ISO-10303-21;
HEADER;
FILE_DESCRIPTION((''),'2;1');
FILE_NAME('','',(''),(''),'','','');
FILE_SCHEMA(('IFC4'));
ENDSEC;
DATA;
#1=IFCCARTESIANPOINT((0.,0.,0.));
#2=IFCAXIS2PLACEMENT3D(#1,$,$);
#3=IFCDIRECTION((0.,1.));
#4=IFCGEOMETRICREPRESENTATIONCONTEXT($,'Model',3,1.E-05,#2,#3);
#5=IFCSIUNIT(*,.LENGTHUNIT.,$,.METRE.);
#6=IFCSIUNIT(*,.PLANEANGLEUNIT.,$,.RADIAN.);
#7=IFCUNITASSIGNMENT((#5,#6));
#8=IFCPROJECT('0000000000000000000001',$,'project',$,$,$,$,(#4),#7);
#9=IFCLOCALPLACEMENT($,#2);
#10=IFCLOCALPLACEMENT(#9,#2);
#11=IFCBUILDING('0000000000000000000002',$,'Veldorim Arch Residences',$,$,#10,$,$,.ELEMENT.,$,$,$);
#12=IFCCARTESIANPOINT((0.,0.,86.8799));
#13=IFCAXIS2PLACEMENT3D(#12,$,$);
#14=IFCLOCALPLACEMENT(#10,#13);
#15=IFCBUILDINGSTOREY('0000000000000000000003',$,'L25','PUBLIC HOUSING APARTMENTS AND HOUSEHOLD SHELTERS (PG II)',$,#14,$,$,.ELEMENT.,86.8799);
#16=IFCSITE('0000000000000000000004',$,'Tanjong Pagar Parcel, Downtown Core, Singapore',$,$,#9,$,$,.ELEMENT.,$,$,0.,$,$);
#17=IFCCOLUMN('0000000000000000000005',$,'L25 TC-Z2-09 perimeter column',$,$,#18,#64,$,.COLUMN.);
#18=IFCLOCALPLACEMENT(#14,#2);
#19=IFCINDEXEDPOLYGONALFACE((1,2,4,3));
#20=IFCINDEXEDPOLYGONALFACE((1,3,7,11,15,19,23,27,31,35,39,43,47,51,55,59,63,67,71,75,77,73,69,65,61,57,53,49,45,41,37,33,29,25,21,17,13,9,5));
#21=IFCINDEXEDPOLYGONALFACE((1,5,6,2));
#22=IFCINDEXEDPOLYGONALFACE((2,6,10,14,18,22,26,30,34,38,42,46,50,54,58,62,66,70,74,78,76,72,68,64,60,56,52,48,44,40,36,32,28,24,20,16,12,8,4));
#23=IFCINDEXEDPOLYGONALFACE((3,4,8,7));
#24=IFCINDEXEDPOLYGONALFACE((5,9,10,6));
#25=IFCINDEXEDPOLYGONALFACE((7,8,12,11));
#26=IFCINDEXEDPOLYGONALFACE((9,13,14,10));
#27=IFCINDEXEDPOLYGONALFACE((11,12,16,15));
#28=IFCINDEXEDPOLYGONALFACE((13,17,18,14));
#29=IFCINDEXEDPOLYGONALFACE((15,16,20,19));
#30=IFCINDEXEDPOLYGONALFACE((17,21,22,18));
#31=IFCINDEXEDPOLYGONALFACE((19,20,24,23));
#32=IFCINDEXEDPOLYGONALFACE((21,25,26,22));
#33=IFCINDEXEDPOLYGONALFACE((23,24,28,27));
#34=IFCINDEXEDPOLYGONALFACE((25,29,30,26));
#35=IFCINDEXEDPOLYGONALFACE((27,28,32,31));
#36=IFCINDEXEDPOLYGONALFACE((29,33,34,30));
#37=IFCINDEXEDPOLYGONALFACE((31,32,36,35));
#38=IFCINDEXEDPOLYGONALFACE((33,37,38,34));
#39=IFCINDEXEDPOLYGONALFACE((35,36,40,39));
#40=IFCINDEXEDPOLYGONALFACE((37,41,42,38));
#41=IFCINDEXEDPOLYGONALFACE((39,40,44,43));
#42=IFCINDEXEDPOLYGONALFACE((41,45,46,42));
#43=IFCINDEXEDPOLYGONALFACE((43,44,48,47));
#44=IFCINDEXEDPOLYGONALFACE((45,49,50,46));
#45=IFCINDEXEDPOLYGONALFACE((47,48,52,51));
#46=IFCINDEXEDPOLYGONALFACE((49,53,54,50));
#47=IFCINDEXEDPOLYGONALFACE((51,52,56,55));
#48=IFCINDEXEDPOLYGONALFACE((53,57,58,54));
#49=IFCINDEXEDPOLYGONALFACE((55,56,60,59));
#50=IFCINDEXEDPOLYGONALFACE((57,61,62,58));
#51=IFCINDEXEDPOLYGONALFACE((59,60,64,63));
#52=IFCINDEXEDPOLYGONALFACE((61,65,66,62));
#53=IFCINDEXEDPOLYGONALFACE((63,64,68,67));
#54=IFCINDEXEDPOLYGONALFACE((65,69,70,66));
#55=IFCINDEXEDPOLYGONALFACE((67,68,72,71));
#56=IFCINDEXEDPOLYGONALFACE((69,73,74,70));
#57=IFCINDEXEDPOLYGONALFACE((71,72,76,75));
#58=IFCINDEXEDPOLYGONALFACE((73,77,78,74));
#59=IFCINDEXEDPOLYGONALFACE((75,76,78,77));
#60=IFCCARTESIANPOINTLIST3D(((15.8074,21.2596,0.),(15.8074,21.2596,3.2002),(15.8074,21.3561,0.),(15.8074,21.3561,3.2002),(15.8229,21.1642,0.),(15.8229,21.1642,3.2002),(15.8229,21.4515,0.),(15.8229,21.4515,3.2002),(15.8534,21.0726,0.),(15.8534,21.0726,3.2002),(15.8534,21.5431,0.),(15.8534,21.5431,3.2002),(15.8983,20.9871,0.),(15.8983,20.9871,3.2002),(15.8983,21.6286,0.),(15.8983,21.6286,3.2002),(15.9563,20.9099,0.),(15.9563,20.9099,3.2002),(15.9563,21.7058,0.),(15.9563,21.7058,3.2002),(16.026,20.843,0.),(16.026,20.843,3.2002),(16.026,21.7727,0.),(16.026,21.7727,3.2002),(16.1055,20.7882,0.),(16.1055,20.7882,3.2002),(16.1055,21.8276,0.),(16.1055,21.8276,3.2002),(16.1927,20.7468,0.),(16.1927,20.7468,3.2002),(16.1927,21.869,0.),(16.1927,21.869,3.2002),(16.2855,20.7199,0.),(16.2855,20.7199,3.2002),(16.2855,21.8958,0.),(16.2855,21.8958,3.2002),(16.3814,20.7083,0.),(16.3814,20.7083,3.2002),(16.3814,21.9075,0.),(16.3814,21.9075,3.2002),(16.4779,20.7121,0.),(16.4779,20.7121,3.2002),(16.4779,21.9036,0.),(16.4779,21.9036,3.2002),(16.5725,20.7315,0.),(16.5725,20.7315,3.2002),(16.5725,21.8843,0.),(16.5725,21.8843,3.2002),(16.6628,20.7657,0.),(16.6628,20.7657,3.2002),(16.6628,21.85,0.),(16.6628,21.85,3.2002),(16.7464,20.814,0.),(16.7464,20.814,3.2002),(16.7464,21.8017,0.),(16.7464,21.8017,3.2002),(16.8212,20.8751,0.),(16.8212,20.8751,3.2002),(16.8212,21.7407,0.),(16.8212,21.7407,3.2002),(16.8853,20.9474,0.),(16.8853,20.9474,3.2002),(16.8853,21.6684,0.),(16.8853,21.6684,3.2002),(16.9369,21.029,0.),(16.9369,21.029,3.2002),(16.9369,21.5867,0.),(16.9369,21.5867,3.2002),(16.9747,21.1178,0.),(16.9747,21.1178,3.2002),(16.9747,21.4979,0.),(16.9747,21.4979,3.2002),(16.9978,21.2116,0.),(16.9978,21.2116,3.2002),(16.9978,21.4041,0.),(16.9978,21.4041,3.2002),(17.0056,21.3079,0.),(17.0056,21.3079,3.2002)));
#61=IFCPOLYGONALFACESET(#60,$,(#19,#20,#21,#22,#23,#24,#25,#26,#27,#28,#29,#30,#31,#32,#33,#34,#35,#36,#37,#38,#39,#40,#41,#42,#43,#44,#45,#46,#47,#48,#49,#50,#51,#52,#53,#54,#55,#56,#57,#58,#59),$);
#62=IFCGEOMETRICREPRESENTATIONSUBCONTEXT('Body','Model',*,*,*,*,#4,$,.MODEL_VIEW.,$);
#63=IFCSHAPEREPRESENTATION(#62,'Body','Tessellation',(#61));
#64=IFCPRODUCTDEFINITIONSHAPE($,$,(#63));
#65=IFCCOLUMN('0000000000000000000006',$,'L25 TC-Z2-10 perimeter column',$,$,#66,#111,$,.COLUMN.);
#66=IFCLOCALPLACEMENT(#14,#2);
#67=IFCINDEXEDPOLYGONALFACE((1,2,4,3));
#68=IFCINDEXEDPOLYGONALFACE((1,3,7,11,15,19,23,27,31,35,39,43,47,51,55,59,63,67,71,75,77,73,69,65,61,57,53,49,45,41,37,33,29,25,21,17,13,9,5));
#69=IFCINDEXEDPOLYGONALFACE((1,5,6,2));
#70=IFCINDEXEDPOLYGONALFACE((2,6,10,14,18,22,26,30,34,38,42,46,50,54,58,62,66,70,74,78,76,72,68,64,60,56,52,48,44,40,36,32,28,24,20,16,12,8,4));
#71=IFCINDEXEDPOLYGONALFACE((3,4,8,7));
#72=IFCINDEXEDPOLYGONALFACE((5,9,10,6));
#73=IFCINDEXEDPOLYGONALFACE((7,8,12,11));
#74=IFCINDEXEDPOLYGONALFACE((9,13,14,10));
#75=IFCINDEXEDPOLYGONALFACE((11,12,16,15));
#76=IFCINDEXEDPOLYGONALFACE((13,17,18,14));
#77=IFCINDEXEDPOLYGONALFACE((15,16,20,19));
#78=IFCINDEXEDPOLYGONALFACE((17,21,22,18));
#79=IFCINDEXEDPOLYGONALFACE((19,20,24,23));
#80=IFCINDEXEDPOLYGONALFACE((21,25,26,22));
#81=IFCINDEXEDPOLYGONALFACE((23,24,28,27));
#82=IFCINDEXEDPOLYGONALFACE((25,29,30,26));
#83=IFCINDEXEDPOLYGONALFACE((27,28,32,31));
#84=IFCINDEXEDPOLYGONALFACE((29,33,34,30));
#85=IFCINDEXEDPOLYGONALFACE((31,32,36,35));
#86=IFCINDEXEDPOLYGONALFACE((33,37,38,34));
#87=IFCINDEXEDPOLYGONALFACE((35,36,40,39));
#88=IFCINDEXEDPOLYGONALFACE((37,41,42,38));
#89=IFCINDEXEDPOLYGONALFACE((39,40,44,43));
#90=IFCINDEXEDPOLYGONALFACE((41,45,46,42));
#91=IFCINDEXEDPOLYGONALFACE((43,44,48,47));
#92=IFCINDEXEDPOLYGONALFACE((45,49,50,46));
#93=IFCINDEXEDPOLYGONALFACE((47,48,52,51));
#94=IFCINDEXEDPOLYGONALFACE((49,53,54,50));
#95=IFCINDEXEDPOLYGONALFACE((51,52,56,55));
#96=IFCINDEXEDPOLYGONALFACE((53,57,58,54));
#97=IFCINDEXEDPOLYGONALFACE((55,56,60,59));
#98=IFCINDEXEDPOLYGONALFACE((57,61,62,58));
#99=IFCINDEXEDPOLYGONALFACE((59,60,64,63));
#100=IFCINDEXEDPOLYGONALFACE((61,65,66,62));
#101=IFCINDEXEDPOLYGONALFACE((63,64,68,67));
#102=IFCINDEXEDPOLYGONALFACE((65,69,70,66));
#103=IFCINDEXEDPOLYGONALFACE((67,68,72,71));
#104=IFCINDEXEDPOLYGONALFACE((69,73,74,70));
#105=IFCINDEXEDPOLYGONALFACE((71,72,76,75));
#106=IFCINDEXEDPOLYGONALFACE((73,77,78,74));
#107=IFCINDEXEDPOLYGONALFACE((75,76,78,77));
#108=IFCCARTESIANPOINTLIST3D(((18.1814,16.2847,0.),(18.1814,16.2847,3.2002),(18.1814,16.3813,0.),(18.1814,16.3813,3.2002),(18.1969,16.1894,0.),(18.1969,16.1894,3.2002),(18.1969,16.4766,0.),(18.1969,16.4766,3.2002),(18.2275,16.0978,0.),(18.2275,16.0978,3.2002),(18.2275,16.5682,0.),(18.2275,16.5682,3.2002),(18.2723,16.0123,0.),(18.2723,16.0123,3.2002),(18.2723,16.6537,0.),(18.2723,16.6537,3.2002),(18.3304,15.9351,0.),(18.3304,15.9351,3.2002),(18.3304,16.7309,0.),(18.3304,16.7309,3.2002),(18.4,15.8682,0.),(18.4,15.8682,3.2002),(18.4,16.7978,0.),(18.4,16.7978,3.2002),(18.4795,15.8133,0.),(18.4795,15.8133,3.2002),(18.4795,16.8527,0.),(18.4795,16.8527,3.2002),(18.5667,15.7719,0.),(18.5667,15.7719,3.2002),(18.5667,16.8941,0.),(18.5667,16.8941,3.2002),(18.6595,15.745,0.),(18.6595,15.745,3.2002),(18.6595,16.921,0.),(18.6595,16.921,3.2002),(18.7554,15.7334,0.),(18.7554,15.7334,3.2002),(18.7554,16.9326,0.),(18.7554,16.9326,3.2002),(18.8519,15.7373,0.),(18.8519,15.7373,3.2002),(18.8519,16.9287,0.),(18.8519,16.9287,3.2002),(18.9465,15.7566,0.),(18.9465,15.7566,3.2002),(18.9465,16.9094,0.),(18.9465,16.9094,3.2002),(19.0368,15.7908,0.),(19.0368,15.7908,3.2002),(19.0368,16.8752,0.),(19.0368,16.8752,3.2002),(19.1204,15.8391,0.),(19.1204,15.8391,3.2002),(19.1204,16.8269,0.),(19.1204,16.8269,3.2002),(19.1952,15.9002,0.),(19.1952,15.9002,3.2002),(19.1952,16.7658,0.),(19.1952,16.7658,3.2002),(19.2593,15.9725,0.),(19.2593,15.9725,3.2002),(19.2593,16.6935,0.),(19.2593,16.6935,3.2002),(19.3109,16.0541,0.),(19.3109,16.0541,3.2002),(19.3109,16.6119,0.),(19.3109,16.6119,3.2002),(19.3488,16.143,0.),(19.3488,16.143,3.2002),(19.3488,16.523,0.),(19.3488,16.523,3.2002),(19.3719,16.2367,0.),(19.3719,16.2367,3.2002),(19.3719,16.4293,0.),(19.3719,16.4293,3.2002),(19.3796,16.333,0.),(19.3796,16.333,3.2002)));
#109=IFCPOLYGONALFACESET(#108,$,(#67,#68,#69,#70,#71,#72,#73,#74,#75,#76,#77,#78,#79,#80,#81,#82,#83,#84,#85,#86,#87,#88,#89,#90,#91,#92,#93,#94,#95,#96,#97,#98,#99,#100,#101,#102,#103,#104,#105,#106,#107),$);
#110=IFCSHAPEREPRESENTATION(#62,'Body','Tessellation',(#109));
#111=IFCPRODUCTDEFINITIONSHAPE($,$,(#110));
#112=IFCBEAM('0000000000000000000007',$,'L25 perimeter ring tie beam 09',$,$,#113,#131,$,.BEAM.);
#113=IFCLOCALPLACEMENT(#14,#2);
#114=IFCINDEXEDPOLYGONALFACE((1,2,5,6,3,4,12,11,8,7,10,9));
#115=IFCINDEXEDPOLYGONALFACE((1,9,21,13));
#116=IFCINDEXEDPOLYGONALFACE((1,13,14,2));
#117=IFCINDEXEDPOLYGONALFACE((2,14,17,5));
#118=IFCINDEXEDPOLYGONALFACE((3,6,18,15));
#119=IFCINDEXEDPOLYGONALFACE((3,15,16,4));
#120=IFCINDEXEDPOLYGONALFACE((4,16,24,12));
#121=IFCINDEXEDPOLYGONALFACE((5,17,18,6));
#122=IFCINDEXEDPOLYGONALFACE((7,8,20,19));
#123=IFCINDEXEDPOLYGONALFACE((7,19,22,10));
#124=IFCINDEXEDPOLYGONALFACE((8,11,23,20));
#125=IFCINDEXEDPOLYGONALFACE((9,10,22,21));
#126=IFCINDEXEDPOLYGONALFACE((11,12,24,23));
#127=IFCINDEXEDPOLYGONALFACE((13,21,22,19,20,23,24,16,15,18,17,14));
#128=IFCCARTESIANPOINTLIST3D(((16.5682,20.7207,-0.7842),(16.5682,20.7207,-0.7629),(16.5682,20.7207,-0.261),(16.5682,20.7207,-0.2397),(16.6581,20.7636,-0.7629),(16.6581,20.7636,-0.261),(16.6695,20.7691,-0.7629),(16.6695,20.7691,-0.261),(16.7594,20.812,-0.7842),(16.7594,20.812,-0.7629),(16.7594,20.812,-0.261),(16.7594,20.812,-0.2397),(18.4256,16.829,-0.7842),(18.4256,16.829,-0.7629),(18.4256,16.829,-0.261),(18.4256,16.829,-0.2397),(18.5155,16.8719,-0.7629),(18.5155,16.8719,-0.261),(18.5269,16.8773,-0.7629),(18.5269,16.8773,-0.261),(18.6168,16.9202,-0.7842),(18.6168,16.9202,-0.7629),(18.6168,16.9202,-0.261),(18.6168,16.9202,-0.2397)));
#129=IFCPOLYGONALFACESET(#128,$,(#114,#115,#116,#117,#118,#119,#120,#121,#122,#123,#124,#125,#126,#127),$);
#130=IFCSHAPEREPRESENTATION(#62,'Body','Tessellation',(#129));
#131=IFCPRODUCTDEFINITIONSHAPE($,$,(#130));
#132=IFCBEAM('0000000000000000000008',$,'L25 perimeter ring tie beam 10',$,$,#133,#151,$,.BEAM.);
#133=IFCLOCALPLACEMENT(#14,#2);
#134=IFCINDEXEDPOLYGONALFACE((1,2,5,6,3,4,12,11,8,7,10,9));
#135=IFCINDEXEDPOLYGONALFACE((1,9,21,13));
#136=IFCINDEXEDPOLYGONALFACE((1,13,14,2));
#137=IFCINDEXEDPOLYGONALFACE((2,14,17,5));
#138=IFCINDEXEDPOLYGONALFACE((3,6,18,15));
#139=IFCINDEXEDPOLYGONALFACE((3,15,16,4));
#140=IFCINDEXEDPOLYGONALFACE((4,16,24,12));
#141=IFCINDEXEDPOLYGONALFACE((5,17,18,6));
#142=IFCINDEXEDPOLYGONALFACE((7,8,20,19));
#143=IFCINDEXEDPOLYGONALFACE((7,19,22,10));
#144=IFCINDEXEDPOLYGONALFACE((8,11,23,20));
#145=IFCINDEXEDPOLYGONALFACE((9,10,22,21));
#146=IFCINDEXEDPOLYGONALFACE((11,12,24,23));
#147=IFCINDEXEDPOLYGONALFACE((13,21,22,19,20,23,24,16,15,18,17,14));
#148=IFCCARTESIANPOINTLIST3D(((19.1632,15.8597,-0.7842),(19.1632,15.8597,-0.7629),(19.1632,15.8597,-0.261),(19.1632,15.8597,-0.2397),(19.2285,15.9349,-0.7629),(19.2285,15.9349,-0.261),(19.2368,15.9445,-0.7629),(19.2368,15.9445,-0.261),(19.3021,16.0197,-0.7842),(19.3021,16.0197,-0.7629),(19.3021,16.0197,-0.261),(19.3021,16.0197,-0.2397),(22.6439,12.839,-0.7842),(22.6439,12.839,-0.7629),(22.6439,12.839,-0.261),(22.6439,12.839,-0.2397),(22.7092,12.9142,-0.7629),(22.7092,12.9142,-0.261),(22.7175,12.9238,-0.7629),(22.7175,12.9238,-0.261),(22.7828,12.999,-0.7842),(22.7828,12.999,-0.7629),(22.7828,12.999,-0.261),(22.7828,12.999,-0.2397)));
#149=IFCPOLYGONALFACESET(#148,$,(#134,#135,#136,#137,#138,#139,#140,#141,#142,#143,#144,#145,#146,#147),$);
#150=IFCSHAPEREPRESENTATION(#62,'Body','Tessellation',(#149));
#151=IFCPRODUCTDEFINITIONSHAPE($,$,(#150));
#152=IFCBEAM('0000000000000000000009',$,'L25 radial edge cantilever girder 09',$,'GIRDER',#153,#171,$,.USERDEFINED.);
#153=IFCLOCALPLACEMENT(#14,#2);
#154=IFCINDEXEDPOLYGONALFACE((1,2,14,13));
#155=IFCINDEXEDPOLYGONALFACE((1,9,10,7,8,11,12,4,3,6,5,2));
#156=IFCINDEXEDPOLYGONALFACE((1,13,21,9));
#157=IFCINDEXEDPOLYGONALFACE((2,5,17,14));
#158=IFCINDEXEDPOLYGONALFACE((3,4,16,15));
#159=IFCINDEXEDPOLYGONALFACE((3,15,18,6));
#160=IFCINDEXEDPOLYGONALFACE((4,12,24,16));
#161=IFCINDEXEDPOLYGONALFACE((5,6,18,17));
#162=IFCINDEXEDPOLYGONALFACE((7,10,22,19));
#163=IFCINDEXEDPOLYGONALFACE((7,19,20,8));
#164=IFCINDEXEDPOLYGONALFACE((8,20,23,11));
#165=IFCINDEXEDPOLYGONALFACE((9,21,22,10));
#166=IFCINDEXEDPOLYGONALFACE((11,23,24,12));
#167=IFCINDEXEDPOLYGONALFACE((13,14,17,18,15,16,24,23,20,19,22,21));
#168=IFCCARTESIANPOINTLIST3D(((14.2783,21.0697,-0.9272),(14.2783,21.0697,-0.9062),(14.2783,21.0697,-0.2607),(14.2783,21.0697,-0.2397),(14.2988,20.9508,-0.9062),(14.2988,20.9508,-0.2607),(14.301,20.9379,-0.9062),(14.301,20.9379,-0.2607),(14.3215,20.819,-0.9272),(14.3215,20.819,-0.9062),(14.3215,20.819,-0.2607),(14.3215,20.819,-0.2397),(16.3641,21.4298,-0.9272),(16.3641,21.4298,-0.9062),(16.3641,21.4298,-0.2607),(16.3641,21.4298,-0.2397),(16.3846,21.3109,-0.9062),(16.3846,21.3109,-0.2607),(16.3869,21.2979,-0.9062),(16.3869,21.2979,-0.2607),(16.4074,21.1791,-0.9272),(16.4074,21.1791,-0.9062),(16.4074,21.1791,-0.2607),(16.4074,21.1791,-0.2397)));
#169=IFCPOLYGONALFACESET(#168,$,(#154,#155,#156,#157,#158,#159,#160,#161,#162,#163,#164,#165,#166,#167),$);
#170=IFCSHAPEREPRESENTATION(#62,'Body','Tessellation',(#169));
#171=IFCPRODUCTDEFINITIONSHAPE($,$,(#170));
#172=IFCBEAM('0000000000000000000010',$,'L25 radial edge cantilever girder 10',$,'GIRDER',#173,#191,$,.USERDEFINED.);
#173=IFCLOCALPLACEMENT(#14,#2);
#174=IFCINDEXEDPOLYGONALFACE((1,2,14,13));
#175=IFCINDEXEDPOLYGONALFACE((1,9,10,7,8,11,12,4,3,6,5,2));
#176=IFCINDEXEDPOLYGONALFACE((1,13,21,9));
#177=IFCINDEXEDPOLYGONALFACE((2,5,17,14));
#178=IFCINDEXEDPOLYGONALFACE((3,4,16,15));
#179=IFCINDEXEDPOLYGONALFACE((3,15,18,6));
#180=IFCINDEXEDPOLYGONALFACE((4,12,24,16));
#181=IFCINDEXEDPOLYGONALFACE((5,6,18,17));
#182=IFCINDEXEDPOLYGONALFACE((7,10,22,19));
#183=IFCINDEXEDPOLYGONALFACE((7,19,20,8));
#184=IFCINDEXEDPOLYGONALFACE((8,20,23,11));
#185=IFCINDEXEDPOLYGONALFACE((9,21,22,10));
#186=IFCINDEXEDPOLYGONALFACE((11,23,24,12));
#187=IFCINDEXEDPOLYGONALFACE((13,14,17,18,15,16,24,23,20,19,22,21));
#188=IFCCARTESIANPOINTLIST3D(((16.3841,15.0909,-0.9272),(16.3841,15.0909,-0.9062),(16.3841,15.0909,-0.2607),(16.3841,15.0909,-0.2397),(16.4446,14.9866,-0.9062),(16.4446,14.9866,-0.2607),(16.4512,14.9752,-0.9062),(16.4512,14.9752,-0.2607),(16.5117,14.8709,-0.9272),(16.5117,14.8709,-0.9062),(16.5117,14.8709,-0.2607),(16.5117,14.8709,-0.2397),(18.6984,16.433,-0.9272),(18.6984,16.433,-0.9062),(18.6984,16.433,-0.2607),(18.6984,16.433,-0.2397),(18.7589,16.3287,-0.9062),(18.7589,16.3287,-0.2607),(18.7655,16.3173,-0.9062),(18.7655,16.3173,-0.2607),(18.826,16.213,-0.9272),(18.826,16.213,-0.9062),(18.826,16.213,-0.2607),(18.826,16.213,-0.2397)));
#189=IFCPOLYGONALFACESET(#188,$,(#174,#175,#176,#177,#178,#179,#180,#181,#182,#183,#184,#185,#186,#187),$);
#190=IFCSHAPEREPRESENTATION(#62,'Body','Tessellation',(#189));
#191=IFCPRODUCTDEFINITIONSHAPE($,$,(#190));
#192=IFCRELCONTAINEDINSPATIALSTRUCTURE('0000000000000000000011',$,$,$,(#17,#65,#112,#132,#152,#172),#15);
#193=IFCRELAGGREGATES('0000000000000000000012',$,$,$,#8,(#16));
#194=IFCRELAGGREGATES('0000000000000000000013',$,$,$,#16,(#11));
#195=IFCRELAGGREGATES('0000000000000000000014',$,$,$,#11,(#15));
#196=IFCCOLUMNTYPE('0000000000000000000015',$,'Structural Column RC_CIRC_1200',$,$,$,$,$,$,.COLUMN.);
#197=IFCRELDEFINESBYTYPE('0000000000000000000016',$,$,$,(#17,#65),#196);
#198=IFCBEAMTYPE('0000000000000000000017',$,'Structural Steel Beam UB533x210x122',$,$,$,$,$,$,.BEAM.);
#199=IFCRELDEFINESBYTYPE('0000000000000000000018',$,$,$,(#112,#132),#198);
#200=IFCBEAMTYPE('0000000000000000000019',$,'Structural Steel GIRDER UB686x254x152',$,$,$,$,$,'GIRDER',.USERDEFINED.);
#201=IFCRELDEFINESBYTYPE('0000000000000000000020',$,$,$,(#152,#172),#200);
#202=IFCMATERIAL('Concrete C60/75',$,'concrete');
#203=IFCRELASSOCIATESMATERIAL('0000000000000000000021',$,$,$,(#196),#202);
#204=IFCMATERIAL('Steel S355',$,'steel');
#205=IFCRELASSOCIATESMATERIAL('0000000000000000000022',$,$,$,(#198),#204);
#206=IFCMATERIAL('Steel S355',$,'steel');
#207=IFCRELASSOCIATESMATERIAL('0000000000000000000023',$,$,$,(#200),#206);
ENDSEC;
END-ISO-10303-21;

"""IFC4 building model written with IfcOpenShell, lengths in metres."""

from ifc_helpers import new_model, si_unit, direction, frame, origin, origin_2d, place, context, subcontext, project, spatial, circle, i_section, extrude, material, material_profile, profile_set, type_object, element, save


model = new_model("IFC4")

# Units and contexts
model_context = context("Model", 3, precision=1e-05, world=origin(), true_north=direction((0.0, 1.0)))
body_context = subcontext(model_context, "Body", "Model", "MODEL_VIEW")
ifc_project = project(units=[si_unit("LENGTHUNIT", "METRE"), si_unit("PLANEANGLEUNIT", "RADIAN")], contexts=[model_context])

# Site, building, storey
site_placement = place(None, origin())
site = spatial("IfcSite", under=ifc_project, at=site_placement, Name="Tanjong Pagar Parcel, Downtown Core, Singapore", CompositionType="ELEMENT", RefElevation=0.0)
building_placement = place(site_placement, origin())
building = spatial("IfcBuilding", under=site, at=building_placement, Name="Veldorim Arch Residences", CompositionType="ELEMENT")
storey_placement = place(building_placement, frame((0.0, 0.0, 86.8799)))
storey = spatial("IfcBuildingStorey", under=building, at=storey_placement, Name="L25", Description="PUBLIC HOUSING APARTMENTS AND HOUSEHOLD SHELTERS (PG II)", CompositionType="ELEMENT", Elevation=86.8799)

# Columns
ifc_material_1 = material(Name="Concrete C60/75", Category="concrete")
ifc_material_profile_1 = material_profile(ifc_material_1, circle(Radius=0.6001, at=origin_2d()), Name="RC_CIRC_1200")
ifc_profile_set_1 = profile_set([ifc_material_profile_1], Name="Concrete C60/75")
column_type = type_object("IfcColumnType", Name="Structural Column RC_CIRC_1200", PredefinedType="COLUMN", material=ifc_profile_set_1)
for number, where, z_axis, x_axis, name in (
    (1, (16.4055, 21.3079, 0.0), (0.0, 0.0, 1.0), (1.0, 0.0, 0.0), "L25 TC-Z2-09 perimeter column"),
    (2, (18.7795, 16.333, 0.0), (0.0, 0.0, 1.0), (1.0, 0.0, 0.0), "L25 TC-Z2-10 perimeter column"),
):
    element("IfcColumn", number, at=place(storey_placement, frame(where, z_axis=z_axis, x_axis=x_axis)), inside=storey, type_object=column_type, Name=name, PredefinedType="COLUMN", context=body_context, shape_type="SweptSolid", body=[
        extrude(circle(Radius=0.6001, at=origin_2d()), origin(), (0.0, 0.0, 1.0), 3.2002),
    ])

# Beams
ifc_material_2 = material(Name="Steel S355", Category="steel")
ifc_material_profile_2 = material_profile(ifc_material_2, i_section(OverallWidth=0.2119, OverallDepth=0.5444, WebThickness=0.0127, FlangeThickness=0.0212, at=origin_2d()), Name="UB533x210x122")
ifc_profile_set_2 = profile_set([ifc_material_profile_2], Name="Steel S355")
beam_type_1 = type_object("IfcBeamType", Name="Structural Steel Beam UB533x210x122", PredefinedType="BEAM", material=ifc_profile_set_2)
beam_1_placement = place(storey_placement, frame((16.6638, 20.7664, -0.512), z_axis=(0.43072, -0.902486, 0.0), x_axis=(0.902486, 0.43072, 0.0)))
element("IfcBeam", 3, at=beam_1_placement, inside=storey, type_object=beam_type_1, Name="L25 perimeter ring tie beam 09", PredefinedType="BEAM", context=body_context, shape_type="SweptSolid", body=[
    extrude(i_section(OverallWidth=0.2119, OverallDepth=0.5444, WebThickness=0.0127, FlangeThickness=0.0212, at=origin_2d()), origin(), (0.0, 0.0, 1.0), 4.3123),
])
beam_2_placement = place(storey_placement, frame((19.2327, 15.9397, -0.512), z_axis=(0.755245, -0.655443, 0.0), x_axis=(0.655443, 0.755245, 0.0)))
element("IfcBeam", 4, at=beam_2_placement, inside=storey, type_object=beam_type_1, Name="L25 perimeter ring tie beam 10", PredefinedType="BEAM", context=body_context, shape_type="SweptSolid", body=[
    extrude(i_section(OverallWidth=0.2119, OverallDepth=0.5444, WebThickness=0.0127, FlangeThickness=0.0212, at=origin_2d()), origin(), (0.0, 0.0, 1.0), 4.6086),
])
ifc_material_3 = material(Name="Steel S355", Category="steel")
ifc_material_profile_3 = material_profile(ifc_material_3, i_section(OverallWidth=0.2544, OverallDepth=0.6875, WebThickness=0.0132, FlangeThickness=0.021, at=origin_2d()), Name="UB686x254x152")
ifc_profile_set_3 = profile_set([ifc_material_profile_3], Name="Steel S355")
beam_type_2 = type_object("IfcBeamType", Name="Structural Steel GIRDER UB686x254x152", ElementType="GIRDER", PredefinedType="USERDEFINED", material=ifc_profile_set_3)
beam_3_placement = place(storey_placement, frame((16.3857, 21.3044, -0.5835), z_axis=(-0.985423, -0.170119, 0.0), x_axis=(0.170119, -0.985423, 0.0)))
element("IfcBeam", 5, at=beam_3_placement, inside=storey, type_object=beam_type_2, Name="L25 radial edge cantilever girder 09", ObjectType="GIRDER", PredefinedType="USERDEFINED", context=body_context, shape_type="SweptSolid", body=[
    extrude(i_section(OverallWidth=0.2544, OverallDepth=0.6875, WebThickness=0.0132, FlangeThickness=0.021, at=origin_2d()), origin(), (0.0, 0.0, 1.0), 2.1167),
])
beam_4_placement = place(storey_placement, frame((18.7622, 16.323, -0.5835), z_axis=(-0.865064, -0.501662, 0.0), x_axis=(0.501662, -0.865064, 0.0)))
element("IfcBeam", 6, at=beam_4_placement, inside=storey, type_object=beam_type_2, Name="L25 radial edge cantilever girder 10", ObjectType="GIRDER", PredefinedType="USERDEFINED", context=body_context, shape_type="SweptSolid", body=[
    extrude(i_section(OverallWidth=0.2544, OverallDepth=0.6875, WebThickness=0.0132, FlangeThickness=0.021, at=origin_2d()), origin(), (0.0, 0.0, 1.0), 2.6753),
])

save(model, "model.ifc")
